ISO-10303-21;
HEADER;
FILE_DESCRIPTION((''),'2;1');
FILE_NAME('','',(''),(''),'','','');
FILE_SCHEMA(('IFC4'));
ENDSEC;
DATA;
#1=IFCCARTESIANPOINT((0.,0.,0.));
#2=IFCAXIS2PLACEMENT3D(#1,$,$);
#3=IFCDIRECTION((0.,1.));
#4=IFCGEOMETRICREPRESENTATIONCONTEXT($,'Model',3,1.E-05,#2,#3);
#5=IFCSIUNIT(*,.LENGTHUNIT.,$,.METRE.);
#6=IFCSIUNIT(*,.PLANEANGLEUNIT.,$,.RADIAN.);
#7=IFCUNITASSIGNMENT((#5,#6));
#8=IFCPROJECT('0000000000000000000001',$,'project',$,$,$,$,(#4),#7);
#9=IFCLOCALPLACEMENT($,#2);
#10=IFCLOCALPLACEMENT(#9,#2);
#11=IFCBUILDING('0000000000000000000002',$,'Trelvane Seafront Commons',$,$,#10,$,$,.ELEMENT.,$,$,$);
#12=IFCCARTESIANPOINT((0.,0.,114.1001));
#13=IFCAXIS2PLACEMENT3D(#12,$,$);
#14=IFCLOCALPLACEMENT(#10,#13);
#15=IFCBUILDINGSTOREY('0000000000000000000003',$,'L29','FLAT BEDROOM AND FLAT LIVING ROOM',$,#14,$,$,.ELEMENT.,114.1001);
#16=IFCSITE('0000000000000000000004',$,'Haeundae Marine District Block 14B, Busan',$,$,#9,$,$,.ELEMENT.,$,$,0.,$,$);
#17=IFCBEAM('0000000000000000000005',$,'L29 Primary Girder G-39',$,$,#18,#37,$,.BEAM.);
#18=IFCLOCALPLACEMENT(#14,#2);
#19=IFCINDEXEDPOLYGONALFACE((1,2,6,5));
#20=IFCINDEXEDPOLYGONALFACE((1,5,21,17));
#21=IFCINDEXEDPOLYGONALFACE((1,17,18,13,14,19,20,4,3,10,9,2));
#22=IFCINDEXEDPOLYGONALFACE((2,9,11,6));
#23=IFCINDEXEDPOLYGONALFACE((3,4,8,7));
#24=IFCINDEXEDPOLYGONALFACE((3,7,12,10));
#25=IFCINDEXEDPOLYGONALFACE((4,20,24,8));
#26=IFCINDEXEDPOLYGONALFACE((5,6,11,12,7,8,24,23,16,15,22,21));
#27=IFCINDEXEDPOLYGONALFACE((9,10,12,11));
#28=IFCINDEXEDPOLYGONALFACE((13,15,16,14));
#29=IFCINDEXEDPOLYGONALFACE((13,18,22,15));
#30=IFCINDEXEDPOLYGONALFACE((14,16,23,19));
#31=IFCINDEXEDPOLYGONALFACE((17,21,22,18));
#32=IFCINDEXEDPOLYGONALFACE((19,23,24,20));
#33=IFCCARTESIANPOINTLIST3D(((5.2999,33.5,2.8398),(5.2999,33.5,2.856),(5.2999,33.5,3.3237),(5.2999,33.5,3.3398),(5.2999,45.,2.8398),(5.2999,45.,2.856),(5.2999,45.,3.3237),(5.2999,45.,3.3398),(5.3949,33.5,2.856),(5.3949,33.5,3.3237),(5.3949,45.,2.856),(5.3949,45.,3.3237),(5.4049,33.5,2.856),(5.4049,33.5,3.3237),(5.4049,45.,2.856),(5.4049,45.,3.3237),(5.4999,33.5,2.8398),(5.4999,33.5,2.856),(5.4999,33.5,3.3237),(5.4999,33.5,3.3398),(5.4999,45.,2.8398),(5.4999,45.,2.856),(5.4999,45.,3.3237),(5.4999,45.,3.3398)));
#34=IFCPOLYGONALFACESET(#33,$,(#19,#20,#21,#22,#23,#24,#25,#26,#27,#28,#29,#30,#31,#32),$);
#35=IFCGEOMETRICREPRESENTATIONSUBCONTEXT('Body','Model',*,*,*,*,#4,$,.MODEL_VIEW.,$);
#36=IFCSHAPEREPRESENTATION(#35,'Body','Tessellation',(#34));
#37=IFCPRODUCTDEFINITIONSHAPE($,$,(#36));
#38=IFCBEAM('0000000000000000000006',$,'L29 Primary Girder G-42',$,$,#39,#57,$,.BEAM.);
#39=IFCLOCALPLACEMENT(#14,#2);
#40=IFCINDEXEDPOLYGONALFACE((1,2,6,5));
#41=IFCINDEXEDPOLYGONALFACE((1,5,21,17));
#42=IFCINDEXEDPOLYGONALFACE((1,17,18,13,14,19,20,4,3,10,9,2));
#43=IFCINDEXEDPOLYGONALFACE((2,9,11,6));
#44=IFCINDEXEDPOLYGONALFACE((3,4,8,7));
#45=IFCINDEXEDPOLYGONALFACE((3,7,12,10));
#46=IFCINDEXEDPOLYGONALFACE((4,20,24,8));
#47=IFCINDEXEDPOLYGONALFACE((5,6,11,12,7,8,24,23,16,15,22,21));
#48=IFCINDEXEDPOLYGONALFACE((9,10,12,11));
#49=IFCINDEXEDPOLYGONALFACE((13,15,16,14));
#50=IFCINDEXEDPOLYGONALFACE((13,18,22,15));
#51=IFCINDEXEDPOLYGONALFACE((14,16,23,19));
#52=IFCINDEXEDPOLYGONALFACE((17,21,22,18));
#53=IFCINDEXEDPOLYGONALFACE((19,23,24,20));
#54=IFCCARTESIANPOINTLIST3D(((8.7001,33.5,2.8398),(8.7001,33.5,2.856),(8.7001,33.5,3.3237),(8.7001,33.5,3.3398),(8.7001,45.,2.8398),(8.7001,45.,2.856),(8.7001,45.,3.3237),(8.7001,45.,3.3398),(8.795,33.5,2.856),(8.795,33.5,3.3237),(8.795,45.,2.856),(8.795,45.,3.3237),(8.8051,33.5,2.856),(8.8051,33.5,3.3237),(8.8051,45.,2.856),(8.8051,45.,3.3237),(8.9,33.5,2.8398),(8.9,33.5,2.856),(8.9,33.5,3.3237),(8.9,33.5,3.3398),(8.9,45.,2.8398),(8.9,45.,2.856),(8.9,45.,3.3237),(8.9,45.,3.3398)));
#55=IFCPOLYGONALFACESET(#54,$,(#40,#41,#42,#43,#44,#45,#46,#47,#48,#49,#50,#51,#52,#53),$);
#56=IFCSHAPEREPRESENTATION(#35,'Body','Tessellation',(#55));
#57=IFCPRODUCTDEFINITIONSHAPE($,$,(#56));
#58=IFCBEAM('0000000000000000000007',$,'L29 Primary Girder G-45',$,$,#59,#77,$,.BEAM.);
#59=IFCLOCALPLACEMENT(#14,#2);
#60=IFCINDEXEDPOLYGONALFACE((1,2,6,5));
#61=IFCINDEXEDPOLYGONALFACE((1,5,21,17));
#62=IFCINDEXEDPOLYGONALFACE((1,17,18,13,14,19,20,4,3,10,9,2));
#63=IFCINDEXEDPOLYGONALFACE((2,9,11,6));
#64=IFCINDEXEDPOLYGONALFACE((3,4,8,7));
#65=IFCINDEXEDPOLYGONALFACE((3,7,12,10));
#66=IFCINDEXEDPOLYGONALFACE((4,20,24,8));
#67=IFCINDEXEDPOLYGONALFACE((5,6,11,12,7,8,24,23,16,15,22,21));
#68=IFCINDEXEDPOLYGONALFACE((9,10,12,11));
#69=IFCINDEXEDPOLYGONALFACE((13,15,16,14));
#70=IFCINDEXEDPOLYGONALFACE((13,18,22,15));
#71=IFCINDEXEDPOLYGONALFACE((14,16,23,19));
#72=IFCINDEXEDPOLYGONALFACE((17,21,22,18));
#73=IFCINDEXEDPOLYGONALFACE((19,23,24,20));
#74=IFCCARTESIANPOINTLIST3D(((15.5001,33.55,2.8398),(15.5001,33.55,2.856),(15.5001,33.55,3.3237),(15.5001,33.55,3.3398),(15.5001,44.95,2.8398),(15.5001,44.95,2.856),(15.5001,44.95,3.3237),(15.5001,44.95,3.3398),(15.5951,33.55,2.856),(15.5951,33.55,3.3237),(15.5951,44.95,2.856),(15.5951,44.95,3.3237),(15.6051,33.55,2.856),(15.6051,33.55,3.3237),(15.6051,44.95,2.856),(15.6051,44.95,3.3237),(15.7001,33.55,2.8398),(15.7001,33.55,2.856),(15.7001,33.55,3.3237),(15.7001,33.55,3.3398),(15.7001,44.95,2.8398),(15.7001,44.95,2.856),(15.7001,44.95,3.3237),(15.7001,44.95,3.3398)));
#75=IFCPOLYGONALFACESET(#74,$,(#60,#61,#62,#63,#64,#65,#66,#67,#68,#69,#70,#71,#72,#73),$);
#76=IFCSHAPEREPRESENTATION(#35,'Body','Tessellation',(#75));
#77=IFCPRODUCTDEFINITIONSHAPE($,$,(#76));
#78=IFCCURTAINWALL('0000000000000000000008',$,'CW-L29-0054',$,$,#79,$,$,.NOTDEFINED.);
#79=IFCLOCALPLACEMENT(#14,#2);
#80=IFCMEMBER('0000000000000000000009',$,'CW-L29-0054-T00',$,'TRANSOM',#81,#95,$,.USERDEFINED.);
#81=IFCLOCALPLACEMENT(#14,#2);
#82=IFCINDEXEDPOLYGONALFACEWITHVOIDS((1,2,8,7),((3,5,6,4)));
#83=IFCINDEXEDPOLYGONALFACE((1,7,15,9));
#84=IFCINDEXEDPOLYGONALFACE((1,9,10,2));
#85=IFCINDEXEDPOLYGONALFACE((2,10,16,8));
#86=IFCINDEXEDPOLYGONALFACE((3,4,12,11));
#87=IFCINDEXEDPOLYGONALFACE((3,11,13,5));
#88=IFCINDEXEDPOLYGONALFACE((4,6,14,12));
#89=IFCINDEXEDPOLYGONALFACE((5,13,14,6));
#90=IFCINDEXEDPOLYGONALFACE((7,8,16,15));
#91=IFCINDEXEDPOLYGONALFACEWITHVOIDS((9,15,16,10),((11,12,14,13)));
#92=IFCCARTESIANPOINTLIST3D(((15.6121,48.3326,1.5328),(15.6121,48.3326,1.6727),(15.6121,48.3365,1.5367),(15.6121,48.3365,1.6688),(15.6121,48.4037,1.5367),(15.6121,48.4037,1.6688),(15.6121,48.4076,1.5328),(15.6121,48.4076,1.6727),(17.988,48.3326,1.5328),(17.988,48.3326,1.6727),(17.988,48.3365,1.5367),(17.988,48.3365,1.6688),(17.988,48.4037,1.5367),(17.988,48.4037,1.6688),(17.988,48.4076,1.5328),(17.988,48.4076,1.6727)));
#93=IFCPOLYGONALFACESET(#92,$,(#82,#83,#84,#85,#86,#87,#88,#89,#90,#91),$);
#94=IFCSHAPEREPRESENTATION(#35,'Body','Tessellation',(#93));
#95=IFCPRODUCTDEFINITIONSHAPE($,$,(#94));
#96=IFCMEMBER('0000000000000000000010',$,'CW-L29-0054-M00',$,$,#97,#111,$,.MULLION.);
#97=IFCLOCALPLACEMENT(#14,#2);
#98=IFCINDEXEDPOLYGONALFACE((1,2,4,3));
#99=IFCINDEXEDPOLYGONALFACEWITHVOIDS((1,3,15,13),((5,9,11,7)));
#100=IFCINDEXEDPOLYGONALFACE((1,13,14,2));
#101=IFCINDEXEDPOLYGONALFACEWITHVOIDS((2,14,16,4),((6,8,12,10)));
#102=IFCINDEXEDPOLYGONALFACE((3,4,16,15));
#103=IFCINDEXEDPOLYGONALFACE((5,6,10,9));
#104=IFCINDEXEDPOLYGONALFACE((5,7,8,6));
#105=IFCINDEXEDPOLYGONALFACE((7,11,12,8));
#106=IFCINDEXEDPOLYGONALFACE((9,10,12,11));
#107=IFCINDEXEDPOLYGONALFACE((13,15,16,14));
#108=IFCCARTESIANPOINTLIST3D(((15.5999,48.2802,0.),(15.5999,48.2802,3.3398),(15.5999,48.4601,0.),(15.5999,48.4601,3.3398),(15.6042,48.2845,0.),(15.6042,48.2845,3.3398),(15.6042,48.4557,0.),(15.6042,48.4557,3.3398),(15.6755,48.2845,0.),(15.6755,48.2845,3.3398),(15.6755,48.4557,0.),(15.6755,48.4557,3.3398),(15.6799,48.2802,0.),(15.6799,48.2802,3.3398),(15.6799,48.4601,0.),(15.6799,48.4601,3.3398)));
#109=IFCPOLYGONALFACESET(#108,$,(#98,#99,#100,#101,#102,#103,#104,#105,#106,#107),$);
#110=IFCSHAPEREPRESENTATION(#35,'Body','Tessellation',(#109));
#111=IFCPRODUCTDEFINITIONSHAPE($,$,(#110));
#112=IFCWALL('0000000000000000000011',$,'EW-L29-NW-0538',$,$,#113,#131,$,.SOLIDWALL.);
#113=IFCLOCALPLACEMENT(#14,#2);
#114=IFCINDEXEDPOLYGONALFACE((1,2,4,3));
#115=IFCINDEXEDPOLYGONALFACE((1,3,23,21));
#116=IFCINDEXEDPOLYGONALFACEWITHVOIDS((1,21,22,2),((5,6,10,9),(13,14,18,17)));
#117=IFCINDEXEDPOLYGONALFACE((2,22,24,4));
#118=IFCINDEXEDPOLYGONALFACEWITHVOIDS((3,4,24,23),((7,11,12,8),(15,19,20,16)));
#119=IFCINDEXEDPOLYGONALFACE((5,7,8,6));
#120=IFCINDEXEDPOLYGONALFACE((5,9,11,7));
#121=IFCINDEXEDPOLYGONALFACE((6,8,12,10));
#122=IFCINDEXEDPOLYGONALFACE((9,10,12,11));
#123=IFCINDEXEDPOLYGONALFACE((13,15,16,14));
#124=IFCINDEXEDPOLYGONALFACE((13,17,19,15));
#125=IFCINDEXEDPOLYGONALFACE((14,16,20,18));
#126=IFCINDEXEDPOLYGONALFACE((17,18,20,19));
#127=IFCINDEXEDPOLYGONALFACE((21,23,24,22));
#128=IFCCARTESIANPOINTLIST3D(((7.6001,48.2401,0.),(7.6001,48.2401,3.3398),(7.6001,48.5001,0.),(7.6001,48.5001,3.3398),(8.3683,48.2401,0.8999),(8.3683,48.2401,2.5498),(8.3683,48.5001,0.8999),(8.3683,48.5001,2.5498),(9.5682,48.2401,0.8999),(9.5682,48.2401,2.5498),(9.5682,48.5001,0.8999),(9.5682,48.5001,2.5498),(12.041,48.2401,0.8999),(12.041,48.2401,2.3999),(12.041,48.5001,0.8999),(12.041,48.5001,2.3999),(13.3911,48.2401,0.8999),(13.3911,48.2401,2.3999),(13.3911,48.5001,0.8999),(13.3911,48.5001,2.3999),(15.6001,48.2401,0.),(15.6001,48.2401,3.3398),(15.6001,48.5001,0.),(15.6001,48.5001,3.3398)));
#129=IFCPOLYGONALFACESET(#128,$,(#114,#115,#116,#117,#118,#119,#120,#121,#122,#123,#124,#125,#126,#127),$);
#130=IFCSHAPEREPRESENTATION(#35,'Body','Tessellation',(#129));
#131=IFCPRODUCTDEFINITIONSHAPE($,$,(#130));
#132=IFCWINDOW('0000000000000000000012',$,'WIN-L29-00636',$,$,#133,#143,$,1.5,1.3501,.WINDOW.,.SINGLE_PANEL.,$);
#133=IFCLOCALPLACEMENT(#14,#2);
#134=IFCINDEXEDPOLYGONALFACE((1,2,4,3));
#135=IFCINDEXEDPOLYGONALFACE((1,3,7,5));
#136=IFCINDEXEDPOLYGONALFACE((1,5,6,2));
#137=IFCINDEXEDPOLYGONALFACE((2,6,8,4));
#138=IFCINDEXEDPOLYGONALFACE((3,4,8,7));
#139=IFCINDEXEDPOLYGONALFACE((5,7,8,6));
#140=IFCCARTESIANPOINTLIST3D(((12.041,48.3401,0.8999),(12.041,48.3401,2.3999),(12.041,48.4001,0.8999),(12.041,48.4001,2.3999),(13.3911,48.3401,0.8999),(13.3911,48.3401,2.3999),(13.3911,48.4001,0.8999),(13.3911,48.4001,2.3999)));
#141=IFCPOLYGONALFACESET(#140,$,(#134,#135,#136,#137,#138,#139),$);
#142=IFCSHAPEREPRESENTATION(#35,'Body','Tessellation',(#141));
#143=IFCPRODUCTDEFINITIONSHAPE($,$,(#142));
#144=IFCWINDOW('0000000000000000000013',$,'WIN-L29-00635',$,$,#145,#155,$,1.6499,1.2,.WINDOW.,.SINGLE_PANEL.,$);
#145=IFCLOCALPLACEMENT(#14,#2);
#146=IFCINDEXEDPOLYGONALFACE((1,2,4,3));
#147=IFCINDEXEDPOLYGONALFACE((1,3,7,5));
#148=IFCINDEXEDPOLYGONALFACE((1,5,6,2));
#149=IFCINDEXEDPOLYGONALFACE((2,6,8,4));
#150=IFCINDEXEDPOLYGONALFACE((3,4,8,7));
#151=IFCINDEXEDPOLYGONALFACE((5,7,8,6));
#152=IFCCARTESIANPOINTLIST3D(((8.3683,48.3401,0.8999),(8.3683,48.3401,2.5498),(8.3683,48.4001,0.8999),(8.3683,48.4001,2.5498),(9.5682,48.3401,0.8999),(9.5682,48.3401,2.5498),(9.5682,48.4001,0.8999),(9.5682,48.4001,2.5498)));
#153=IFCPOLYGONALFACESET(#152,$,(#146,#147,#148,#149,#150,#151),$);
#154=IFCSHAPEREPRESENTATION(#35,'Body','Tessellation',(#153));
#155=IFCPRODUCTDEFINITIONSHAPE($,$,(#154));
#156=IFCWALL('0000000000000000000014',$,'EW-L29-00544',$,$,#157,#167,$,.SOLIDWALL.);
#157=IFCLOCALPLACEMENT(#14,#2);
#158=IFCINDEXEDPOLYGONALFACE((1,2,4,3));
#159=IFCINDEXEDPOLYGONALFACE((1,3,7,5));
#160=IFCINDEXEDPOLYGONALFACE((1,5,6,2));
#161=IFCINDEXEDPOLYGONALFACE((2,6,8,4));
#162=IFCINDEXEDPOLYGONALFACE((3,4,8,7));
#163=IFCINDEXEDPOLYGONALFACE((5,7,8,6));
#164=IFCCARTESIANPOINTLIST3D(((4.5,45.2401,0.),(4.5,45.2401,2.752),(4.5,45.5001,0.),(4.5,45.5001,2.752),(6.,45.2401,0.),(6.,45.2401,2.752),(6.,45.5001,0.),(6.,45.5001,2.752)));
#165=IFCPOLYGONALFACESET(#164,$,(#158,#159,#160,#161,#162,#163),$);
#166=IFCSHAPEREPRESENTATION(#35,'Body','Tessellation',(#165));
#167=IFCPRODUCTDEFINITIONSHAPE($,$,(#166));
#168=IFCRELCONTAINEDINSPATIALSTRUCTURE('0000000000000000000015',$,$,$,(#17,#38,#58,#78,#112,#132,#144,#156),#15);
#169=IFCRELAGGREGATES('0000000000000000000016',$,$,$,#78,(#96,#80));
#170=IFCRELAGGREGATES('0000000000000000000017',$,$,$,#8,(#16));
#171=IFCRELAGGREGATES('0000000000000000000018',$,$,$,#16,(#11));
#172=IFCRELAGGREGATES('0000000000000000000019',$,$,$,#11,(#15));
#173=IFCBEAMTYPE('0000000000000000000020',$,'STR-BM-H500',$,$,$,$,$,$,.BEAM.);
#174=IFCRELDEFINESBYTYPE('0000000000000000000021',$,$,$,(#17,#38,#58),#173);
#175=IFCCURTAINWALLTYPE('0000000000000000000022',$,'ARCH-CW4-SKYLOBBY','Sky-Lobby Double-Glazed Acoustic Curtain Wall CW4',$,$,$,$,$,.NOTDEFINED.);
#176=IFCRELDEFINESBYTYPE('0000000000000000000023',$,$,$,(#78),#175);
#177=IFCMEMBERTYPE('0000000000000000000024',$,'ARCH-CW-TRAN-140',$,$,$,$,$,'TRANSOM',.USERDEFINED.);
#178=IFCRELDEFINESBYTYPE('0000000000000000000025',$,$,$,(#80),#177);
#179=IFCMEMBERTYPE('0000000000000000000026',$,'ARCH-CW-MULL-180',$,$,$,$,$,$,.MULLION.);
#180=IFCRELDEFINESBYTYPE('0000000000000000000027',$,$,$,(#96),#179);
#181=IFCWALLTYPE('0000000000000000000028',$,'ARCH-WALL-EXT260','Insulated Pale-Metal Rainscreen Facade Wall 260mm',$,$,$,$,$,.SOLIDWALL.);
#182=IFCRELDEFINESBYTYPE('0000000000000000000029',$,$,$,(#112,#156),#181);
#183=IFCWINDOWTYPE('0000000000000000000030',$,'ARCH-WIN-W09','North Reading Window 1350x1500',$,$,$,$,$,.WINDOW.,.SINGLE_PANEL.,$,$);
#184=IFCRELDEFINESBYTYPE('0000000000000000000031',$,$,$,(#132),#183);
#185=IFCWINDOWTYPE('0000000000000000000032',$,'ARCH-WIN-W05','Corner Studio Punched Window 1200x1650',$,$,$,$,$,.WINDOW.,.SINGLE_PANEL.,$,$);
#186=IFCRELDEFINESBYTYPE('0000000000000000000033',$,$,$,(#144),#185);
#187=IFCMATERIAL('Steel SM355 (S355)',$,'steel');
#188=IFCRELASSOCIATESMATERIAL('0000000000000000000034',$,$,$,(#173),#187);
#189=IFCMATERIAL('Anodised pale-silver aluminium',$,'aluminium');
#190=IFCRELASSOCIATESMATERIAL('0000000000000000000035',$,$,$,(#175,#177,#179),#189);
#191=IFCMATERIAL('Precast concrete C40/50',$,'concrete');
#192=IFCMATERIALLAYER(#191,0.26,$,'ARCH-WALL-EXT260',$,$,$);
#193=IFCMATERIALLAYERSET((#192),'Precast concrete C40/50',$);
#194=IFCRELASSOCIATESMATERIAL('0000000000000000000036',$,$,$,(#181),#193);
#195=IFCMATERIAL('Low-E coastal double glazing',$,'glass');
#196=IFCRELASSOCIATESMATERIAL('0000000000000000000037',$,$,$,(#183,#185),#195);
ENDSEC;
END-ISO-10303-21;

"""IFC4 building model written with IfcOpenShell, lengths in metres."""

from ifc_helpers import new_model, si_unit, direction, frame, frame_2d, origin, origin_2d, place, context, subcontext, project, spatial, rectangle, hollow_rectangle, i_section, extrude, source, transform, mapped, material, layer, layer_set, material_profile, profile_set, type_object, element, fill, aggregate, save


model = new_model("IFC4")

# Units and contexts
model_context = context("Model", 3, precision=1e-05, world=origin(), true_north=direction((0.0, 1.0)))
body_context = subcontext(model_context, "Body", "Model", "MODEL_VIEW")
ifc_project = project(units=[si_unit("LENGTHUNIT", "METRE"), si_unit("PLANEANGLEUNIT", "RADIAN")], contexts=[model_context])

# Site, building, storey
site_placement = place(None, origin())
site = spatial("IfcSite", under=ifc_project, at=site_placement, Name="Haeundae Marine District Block 14B, Busan", CompositionType="ELEMENT", RefElevation=0.0)
building_placement = place(site_placement, origin())
building = spatial("IfcBuilding", under=site, at=building_placement, Name="Trelvane Seafront Commons", CompositionType="ELEMENT")
storey_placement = place(building_placement, frame((0.0, 0.0, 114.1001)))
storey = spatial("IfcBuildingStorey", under=building, at=storey_placement, Name="L29", Description="FLAT BEDROOM AND FLAT LIVING ROOM", CompositionType="ELEMENT", Elevation=114.1001)

# Shared definitions
ifc_material_1 = material(Name="Steel SM355 (S355)", Category="steel")

# Beams
ifc_material_profile_1 = material_profile(ifc_material_1, i_section(OverallWidth=0.2, OverallDepth=0.5, WebThickness=0.01, FlangeThickness=0.0161, at=origin_2d()), Name="H-500x200x10x16")
ifc_profile_set_1 = profile_set([ifc_material_profile_1], Name="Steel SM355 (S355)")
beam_type_1 = type_object("IfcBeamType", Name="STR-BM-H500", PredefinedType="BEAM", material=ifc_profile_set_1)
shared_shape_1 = source(origin(), body_context, "Body", "SweptSolid", [
    extrude(i_section(OverallWidth=0.2, OverallDepth=0.5, WebThickness=0.01, FlangeThickness=0.0161, at=origin_2d()), origin(), (0.0, 0.0, 1.0), 11.5),
])
for number, where, z_axis, x_axis, name in (
    (1, (5.3999, 33.5, 3.0898), (0.0, 1.0, 0.0), (-1.0, 0.0, 0.0), "L29 Primary Girder G-39"),
    (2, (8.8, 33.5, 3.0898), (0.0, 1.0, 0.0), (-1.0, 0.0, 0.0), "L29 Primary Girder G-42"),
):
    element("IfcBeam", number, at=place(storey_placement, frame(where, z_axis=z_axis, x_axis=x_axis)), inside=storey, type_object=beam_type_1, Name=name, PredefinedType="BEAM", context=body_context, shape_type="MappedRepresentation", body=[
        mapped(shared_shape_1, transform((0.0, 0.0, 0.0), x_axis=(1.0, 0.0, 0.0), y_axis=(0.0, 1.0, 0.0), z_axis=(0.0, 0.0, 1.0), scale=1.0)),
    ])
shared_shape_2 = source(origin(), body_context, "Body", "SweptSolid", [
    extrude(i_section(OverallWidth=0.2, OverallDepth=0.5, WebThickness=0.01, FlangeThickness=0.0161, at=origin_2d()), origin(), (0.0, 0.0, 1.0), 11.3999),
])
beam_1_placement = place(storey_placement, frame((15.6001, 33.55, 3.0898), z_axis=(0.0, 1.0, 0.0), x_axis=(-1.0, 0.0, 0.0)))
element("IfcBeam", 3, at=beam_1_placement, inside=storey, type_object=beam_type_1, Name="L29 Primary Girder G-45", PredefinedType="BEAM", context=body_context, shape_type="MappedRepresentation", body=[
    mapped(shared_shape_2, transform((0.0, 0.0, 0.0), x_axis=(1.0, 0.0, 0.0), y_axis=(0.0, 1.0, 0.0), z_axis=(0.0, 0.0, 1.0), scale=1.0)),
])

# Curtain wall, members
ifc_material_2 = material(Name="Anodised pale-silver aluminium", Category="aluminium")
curtain_wall_type = type_object("IfcCurtainWallType", Name="ARCH-CW4-SKYLOBBY", Description="Sky-Lobby Double-Glazed Acoustic Curtain Wall CW4", PredefinedType="NOTDEFINED", material=ifc_material_2)
curtain_wall_placement = place(storey_placement, origin())
curtain_wall = element("IfcCurtainWall", 4, at=curtain_wall_placement, inside=storey, type_object=curtain_wall_type, Name="CW-L29-0054", PredefinedType="NOTDEFINED")
ifc_material_profile_2 = material_profile(ifc_material_2, hollow_rectangle(XDim=0.075, YDim=0.1399, WallThickness=0.0039, at=origin_2d()), Name="TRAN-75x140x4")
ifc_profile_set_2 = profile_set([ifc_material_profile_2], Name="Anodised pale-silver aluminium")
member_type_1 = type_object("IfcMemberType", Name="ARCH-CW-TRAN-140", ElementType="TRANSOM", PredefinedType="USERDEFINED", material=ifc_profile_set_2)
shared_shape_3 = source(origin(), body_context, "Body", "SweptSolid", [
    extrude(hollow_rectangle(XDim=0.075, YDim=0.1399, WallThickness=0.0039, at=origin_2d()), origin(), (0.0, 0.0, 1.0), 2.376),
])
member_1_placement = place(storey_placement, frame((15.6121, 48.3701, 1.6028), z_axis=(1.0, 0.0, 0.0), x_axis=(0.0, 1.0, 0.0)))
member_1 = element("IfcMember", 5, at=member_1_placement, type_object=member_type_1, Name="CW-L29-0054-T00", ObjectType="TRANSOM", PredefinedType="USERDEFINED", context=body_context, shape_type="MappedRepresentation", body=[
    mapped(shared_shape_3, transform((0.0, 0.0, 0.0), x_axis=(1.0, 0.0, 0.0), y_axis=(0.0, 1.0, 0.0), z_axis=(0.0, 0.0, 1.0), scale=1.0)),
])
ifc_material_profile_3 = material_profile(ifc_material_2, hollow_rectangle(XDim=0.0801, YDim=0.1799, WallThickness=0.0044, at=origin_2d()), Name="MULL-80x180x4.5")
ifc_profile_set_3 = profile_set([ifc_material_profile_3], Name="Anodised pale-silver aluminium")
member_type_2 = type_object("IfcMemberType", Name="ARCH-CW-MULL-180", PredefinedType="MULLION", material=ifc_profile_set_3)
shared_shape_4 = source(origin(), body_context, "Body", "SweptSolid", [
    extrude(hollow_rectangle(XDim=0.0801, YDim=0.1799, WallThickness=0.0044, at=origin_2d()), origin(), (0.0, 0.0, 1.0), 3.3398),
])
member_2_placement = place(storey_placement, frame((15.6399, 48.3701, 0.0), z_axis=(0.0, 0.0, 1.0), x_axis=(1.0, 0.0, 0.0)))
member_2 = element("IfcMember", 6, at=member_2_placement, type_object=member_type_2, Name="CW-L29-0054-M00", PredefinedType="MULLION", context=body_context, shape_type="MappedRepresentation", body=[
    mapped(shared_shape_4, transform((0.0, 0.0, 0.0), x_axis=(1.0, 0.0, 0.0), y_axis=(0.0, 1.0, 0.0), z_axis=(0.0, 0.0, 1.0), scale=1.0)),
])
aggregate(curtain_wall, [member_2, member_1])

# Wall, openings, windows
ifc_material_3 = material(Name="Precast concrete C40/50", Category="concrete")
ifc_layer_1 = layer(ifc_material_3, 0.26, Name="ARCH-WALL-EXT260")
ifc_layer_set_1 = layer_set([ifc_layer_1], Name="Precast concrete C40/50")
wall_type_1 = type_object("IfcWallType", Name="ARCH-WALL-EXT260", Description="Insulated Pale-Metal Rainscreen Facade Wall 260mm", PredefinedType="SOLIDWALL", material=ifc_layer_set_1)
wall_1_placement = place(storey_placement, frame((7.6001, 48.3701, 0.0), z_axis=(0.0, 0.0, 1.0), x_axis=(1.0, 0.0, 0.0)))
wall_1 = element("IfcWall", 7, at=wall_1_placement, inside=storey, type_object=wall_type_1, Name="EW-L29-NW-0538", PredefinedType="SOLIDWALL", context=body_context, shape_type="SweptSolid", body=[
    extrude(rectangle(XDim=8.0, YDim=0.26, at=frame_2d((4.0, 0.0))), origin(), (0.0, 0.0, 1.0), 3.3398),
])
opening_1_placement = place(wall_1_placement, frame((0.7681, 0.0, 0.8999)))
opening_1 = element("IfcOpeningElement", 8, at=opening_1_placement, cuts=wall_1, PredefinedType="OPENING", context=body_context, shape_type="SweptSolid", body=[
    extrude(rectangle(XDim=1.2, YDim=1.6499, at=frame_2d((0.6001, 0.825))), frame((0.0, 0.1399, 0.0), z_axis=(0.0, -1.0, 0.0), x_axis=(1.0, 0.0, 0.0)), (0.0, 0.0, 1.0), 0.28),
])
opening_2_placement = place(wall_1_placement, frame((4.4409, 0.0, 0.8999)))
opening_2 = element("IfcOpeningElement", 9, at=opening_2_placement, cuts=wall_1, PredefinedType="OPENING", context=body_context, shape_type="SweptSolid", body=[
    extrude(rectangle(XDim=1.3501, YDim=1.5, at=frame_2d((0.675, 0.75))), frame((0.0, 0.1399, 0.0), z_axis=(0.0, -1.0, 0.0), x_axis=(1.0, 0.0, 0.0)), (0.0, 0.0, 1.0), 0.28),
])
ifc_material_4 = material(Name="Low-E coastal double glazing", Category="glass")
window_type_1 = type_object("IfcWindowType", Name="ARCH-WIN-W09", Description="North Reading Window 1350x1500", PartitioningType="SINGLE_PANEL", PredefinedType="WINDOW", material=ifc_material_4)
shared_shape_5 = source(origin(), body_context, "Body", "SweptSolid", [
    extrude(rectangle(XDim=1.3501, YDim=1.5, at=frame_2d((0.675, 0.75))), frame((0.0, 0.03, 0.0), z_axis=(0.0, -1.0, 0.0), x_axis=(1.0, 0.0, 0.0)), (0.0, 0.0, 1.0), 0.0601),
])
window_1_placement = place(opening_2_placement, origin())
window_1 = element("IfcWindow", 10, at=window_1_placement, inside=storey, type_object=window_type_1, Name="WIN-L29-00636", OverallHeight=1.5, OverallWidth=1.3501, PartitioningType="SINGLE_PANEL", PredefinedType="WINDOW", context=body_context, shape_type="MappedRepresentation", body=[
    mapped(shared_shape_5, transform((0.0, 0.0, 0.0), x_axis=(1.0, 0.0, 0.0), y_axis=(0.0, 1.0, 0.0), z_axis=(0.0, 0.0, 1.0), scale=1.0)),
])
fill(opening_2, window_1)
window_type_2 = type_object("IfcWindowType", Name="ARCH-WIN-W05", Description="Corner Studio Punched Window 1200x1650", PartitioningType="SINGLE_PANEL", PredefinedType="WINDOW", material=ifc_material_4)
shared_shape_6 = source(origin(), body_context, "Body", "SweptSolid", [
    extrude(rectangle(XDim=1.2, YDim=1.6499, at=frame_2d((0.6001, 0.825))), frame((0.0, 0.03, 0.0), z_axis=(0.0, -1.0, 0.0), x_axis=(1.0, 0.0, 0.0)), (0.0, 0.0, 1.0), 0.0601),
])
window_2_placement = place(opening_1_placement, origin())
window_2 = element("IfcWindow", 11, at=window_2_placement, inside=storey, type_object=window_type_2, Name="WIN-L29-00635", OverallHeight=1.6499, OverallWidth=1.2, PartitioningType="SINGLE_PANEL", PredefinedType="WINDOW", context=body_context, shape_type="MappedRepresentation", body=[
    mapped(shared_shape_6, transform((0.0, 0.0, 0.0), x_axis=(1.0, 0.0, 0.0), y_axis=(0.0, 1.0, 0.0), z_axis=(0.0, 0.0, 1.0), scale=1.0)),
])
fill(opening_1, window_2)

# Wall
wall_2_placement = place(storey_placement, frame((4.5, 45.3701, 0.0), z_axis=(0.0, 0.0, 1.0), x_axis=(1.0, 0.0, 0.0)))
element("IfcWall", 12, at=wall_2_placement, inside=storey, type_object=wall_type_1, Name="EW-L29-00544", PredefinedType="SOLIDWALL", context=body_context, shape_type="SweptSolid", body=[
    extrude(rectangle(XDim=1.5, YDim=0.26, at=frame_2d((0.75, 0.0))), origin(), (0.0, 0.0, 1.0), 2.752),
])

save(model, "model.ifc")
